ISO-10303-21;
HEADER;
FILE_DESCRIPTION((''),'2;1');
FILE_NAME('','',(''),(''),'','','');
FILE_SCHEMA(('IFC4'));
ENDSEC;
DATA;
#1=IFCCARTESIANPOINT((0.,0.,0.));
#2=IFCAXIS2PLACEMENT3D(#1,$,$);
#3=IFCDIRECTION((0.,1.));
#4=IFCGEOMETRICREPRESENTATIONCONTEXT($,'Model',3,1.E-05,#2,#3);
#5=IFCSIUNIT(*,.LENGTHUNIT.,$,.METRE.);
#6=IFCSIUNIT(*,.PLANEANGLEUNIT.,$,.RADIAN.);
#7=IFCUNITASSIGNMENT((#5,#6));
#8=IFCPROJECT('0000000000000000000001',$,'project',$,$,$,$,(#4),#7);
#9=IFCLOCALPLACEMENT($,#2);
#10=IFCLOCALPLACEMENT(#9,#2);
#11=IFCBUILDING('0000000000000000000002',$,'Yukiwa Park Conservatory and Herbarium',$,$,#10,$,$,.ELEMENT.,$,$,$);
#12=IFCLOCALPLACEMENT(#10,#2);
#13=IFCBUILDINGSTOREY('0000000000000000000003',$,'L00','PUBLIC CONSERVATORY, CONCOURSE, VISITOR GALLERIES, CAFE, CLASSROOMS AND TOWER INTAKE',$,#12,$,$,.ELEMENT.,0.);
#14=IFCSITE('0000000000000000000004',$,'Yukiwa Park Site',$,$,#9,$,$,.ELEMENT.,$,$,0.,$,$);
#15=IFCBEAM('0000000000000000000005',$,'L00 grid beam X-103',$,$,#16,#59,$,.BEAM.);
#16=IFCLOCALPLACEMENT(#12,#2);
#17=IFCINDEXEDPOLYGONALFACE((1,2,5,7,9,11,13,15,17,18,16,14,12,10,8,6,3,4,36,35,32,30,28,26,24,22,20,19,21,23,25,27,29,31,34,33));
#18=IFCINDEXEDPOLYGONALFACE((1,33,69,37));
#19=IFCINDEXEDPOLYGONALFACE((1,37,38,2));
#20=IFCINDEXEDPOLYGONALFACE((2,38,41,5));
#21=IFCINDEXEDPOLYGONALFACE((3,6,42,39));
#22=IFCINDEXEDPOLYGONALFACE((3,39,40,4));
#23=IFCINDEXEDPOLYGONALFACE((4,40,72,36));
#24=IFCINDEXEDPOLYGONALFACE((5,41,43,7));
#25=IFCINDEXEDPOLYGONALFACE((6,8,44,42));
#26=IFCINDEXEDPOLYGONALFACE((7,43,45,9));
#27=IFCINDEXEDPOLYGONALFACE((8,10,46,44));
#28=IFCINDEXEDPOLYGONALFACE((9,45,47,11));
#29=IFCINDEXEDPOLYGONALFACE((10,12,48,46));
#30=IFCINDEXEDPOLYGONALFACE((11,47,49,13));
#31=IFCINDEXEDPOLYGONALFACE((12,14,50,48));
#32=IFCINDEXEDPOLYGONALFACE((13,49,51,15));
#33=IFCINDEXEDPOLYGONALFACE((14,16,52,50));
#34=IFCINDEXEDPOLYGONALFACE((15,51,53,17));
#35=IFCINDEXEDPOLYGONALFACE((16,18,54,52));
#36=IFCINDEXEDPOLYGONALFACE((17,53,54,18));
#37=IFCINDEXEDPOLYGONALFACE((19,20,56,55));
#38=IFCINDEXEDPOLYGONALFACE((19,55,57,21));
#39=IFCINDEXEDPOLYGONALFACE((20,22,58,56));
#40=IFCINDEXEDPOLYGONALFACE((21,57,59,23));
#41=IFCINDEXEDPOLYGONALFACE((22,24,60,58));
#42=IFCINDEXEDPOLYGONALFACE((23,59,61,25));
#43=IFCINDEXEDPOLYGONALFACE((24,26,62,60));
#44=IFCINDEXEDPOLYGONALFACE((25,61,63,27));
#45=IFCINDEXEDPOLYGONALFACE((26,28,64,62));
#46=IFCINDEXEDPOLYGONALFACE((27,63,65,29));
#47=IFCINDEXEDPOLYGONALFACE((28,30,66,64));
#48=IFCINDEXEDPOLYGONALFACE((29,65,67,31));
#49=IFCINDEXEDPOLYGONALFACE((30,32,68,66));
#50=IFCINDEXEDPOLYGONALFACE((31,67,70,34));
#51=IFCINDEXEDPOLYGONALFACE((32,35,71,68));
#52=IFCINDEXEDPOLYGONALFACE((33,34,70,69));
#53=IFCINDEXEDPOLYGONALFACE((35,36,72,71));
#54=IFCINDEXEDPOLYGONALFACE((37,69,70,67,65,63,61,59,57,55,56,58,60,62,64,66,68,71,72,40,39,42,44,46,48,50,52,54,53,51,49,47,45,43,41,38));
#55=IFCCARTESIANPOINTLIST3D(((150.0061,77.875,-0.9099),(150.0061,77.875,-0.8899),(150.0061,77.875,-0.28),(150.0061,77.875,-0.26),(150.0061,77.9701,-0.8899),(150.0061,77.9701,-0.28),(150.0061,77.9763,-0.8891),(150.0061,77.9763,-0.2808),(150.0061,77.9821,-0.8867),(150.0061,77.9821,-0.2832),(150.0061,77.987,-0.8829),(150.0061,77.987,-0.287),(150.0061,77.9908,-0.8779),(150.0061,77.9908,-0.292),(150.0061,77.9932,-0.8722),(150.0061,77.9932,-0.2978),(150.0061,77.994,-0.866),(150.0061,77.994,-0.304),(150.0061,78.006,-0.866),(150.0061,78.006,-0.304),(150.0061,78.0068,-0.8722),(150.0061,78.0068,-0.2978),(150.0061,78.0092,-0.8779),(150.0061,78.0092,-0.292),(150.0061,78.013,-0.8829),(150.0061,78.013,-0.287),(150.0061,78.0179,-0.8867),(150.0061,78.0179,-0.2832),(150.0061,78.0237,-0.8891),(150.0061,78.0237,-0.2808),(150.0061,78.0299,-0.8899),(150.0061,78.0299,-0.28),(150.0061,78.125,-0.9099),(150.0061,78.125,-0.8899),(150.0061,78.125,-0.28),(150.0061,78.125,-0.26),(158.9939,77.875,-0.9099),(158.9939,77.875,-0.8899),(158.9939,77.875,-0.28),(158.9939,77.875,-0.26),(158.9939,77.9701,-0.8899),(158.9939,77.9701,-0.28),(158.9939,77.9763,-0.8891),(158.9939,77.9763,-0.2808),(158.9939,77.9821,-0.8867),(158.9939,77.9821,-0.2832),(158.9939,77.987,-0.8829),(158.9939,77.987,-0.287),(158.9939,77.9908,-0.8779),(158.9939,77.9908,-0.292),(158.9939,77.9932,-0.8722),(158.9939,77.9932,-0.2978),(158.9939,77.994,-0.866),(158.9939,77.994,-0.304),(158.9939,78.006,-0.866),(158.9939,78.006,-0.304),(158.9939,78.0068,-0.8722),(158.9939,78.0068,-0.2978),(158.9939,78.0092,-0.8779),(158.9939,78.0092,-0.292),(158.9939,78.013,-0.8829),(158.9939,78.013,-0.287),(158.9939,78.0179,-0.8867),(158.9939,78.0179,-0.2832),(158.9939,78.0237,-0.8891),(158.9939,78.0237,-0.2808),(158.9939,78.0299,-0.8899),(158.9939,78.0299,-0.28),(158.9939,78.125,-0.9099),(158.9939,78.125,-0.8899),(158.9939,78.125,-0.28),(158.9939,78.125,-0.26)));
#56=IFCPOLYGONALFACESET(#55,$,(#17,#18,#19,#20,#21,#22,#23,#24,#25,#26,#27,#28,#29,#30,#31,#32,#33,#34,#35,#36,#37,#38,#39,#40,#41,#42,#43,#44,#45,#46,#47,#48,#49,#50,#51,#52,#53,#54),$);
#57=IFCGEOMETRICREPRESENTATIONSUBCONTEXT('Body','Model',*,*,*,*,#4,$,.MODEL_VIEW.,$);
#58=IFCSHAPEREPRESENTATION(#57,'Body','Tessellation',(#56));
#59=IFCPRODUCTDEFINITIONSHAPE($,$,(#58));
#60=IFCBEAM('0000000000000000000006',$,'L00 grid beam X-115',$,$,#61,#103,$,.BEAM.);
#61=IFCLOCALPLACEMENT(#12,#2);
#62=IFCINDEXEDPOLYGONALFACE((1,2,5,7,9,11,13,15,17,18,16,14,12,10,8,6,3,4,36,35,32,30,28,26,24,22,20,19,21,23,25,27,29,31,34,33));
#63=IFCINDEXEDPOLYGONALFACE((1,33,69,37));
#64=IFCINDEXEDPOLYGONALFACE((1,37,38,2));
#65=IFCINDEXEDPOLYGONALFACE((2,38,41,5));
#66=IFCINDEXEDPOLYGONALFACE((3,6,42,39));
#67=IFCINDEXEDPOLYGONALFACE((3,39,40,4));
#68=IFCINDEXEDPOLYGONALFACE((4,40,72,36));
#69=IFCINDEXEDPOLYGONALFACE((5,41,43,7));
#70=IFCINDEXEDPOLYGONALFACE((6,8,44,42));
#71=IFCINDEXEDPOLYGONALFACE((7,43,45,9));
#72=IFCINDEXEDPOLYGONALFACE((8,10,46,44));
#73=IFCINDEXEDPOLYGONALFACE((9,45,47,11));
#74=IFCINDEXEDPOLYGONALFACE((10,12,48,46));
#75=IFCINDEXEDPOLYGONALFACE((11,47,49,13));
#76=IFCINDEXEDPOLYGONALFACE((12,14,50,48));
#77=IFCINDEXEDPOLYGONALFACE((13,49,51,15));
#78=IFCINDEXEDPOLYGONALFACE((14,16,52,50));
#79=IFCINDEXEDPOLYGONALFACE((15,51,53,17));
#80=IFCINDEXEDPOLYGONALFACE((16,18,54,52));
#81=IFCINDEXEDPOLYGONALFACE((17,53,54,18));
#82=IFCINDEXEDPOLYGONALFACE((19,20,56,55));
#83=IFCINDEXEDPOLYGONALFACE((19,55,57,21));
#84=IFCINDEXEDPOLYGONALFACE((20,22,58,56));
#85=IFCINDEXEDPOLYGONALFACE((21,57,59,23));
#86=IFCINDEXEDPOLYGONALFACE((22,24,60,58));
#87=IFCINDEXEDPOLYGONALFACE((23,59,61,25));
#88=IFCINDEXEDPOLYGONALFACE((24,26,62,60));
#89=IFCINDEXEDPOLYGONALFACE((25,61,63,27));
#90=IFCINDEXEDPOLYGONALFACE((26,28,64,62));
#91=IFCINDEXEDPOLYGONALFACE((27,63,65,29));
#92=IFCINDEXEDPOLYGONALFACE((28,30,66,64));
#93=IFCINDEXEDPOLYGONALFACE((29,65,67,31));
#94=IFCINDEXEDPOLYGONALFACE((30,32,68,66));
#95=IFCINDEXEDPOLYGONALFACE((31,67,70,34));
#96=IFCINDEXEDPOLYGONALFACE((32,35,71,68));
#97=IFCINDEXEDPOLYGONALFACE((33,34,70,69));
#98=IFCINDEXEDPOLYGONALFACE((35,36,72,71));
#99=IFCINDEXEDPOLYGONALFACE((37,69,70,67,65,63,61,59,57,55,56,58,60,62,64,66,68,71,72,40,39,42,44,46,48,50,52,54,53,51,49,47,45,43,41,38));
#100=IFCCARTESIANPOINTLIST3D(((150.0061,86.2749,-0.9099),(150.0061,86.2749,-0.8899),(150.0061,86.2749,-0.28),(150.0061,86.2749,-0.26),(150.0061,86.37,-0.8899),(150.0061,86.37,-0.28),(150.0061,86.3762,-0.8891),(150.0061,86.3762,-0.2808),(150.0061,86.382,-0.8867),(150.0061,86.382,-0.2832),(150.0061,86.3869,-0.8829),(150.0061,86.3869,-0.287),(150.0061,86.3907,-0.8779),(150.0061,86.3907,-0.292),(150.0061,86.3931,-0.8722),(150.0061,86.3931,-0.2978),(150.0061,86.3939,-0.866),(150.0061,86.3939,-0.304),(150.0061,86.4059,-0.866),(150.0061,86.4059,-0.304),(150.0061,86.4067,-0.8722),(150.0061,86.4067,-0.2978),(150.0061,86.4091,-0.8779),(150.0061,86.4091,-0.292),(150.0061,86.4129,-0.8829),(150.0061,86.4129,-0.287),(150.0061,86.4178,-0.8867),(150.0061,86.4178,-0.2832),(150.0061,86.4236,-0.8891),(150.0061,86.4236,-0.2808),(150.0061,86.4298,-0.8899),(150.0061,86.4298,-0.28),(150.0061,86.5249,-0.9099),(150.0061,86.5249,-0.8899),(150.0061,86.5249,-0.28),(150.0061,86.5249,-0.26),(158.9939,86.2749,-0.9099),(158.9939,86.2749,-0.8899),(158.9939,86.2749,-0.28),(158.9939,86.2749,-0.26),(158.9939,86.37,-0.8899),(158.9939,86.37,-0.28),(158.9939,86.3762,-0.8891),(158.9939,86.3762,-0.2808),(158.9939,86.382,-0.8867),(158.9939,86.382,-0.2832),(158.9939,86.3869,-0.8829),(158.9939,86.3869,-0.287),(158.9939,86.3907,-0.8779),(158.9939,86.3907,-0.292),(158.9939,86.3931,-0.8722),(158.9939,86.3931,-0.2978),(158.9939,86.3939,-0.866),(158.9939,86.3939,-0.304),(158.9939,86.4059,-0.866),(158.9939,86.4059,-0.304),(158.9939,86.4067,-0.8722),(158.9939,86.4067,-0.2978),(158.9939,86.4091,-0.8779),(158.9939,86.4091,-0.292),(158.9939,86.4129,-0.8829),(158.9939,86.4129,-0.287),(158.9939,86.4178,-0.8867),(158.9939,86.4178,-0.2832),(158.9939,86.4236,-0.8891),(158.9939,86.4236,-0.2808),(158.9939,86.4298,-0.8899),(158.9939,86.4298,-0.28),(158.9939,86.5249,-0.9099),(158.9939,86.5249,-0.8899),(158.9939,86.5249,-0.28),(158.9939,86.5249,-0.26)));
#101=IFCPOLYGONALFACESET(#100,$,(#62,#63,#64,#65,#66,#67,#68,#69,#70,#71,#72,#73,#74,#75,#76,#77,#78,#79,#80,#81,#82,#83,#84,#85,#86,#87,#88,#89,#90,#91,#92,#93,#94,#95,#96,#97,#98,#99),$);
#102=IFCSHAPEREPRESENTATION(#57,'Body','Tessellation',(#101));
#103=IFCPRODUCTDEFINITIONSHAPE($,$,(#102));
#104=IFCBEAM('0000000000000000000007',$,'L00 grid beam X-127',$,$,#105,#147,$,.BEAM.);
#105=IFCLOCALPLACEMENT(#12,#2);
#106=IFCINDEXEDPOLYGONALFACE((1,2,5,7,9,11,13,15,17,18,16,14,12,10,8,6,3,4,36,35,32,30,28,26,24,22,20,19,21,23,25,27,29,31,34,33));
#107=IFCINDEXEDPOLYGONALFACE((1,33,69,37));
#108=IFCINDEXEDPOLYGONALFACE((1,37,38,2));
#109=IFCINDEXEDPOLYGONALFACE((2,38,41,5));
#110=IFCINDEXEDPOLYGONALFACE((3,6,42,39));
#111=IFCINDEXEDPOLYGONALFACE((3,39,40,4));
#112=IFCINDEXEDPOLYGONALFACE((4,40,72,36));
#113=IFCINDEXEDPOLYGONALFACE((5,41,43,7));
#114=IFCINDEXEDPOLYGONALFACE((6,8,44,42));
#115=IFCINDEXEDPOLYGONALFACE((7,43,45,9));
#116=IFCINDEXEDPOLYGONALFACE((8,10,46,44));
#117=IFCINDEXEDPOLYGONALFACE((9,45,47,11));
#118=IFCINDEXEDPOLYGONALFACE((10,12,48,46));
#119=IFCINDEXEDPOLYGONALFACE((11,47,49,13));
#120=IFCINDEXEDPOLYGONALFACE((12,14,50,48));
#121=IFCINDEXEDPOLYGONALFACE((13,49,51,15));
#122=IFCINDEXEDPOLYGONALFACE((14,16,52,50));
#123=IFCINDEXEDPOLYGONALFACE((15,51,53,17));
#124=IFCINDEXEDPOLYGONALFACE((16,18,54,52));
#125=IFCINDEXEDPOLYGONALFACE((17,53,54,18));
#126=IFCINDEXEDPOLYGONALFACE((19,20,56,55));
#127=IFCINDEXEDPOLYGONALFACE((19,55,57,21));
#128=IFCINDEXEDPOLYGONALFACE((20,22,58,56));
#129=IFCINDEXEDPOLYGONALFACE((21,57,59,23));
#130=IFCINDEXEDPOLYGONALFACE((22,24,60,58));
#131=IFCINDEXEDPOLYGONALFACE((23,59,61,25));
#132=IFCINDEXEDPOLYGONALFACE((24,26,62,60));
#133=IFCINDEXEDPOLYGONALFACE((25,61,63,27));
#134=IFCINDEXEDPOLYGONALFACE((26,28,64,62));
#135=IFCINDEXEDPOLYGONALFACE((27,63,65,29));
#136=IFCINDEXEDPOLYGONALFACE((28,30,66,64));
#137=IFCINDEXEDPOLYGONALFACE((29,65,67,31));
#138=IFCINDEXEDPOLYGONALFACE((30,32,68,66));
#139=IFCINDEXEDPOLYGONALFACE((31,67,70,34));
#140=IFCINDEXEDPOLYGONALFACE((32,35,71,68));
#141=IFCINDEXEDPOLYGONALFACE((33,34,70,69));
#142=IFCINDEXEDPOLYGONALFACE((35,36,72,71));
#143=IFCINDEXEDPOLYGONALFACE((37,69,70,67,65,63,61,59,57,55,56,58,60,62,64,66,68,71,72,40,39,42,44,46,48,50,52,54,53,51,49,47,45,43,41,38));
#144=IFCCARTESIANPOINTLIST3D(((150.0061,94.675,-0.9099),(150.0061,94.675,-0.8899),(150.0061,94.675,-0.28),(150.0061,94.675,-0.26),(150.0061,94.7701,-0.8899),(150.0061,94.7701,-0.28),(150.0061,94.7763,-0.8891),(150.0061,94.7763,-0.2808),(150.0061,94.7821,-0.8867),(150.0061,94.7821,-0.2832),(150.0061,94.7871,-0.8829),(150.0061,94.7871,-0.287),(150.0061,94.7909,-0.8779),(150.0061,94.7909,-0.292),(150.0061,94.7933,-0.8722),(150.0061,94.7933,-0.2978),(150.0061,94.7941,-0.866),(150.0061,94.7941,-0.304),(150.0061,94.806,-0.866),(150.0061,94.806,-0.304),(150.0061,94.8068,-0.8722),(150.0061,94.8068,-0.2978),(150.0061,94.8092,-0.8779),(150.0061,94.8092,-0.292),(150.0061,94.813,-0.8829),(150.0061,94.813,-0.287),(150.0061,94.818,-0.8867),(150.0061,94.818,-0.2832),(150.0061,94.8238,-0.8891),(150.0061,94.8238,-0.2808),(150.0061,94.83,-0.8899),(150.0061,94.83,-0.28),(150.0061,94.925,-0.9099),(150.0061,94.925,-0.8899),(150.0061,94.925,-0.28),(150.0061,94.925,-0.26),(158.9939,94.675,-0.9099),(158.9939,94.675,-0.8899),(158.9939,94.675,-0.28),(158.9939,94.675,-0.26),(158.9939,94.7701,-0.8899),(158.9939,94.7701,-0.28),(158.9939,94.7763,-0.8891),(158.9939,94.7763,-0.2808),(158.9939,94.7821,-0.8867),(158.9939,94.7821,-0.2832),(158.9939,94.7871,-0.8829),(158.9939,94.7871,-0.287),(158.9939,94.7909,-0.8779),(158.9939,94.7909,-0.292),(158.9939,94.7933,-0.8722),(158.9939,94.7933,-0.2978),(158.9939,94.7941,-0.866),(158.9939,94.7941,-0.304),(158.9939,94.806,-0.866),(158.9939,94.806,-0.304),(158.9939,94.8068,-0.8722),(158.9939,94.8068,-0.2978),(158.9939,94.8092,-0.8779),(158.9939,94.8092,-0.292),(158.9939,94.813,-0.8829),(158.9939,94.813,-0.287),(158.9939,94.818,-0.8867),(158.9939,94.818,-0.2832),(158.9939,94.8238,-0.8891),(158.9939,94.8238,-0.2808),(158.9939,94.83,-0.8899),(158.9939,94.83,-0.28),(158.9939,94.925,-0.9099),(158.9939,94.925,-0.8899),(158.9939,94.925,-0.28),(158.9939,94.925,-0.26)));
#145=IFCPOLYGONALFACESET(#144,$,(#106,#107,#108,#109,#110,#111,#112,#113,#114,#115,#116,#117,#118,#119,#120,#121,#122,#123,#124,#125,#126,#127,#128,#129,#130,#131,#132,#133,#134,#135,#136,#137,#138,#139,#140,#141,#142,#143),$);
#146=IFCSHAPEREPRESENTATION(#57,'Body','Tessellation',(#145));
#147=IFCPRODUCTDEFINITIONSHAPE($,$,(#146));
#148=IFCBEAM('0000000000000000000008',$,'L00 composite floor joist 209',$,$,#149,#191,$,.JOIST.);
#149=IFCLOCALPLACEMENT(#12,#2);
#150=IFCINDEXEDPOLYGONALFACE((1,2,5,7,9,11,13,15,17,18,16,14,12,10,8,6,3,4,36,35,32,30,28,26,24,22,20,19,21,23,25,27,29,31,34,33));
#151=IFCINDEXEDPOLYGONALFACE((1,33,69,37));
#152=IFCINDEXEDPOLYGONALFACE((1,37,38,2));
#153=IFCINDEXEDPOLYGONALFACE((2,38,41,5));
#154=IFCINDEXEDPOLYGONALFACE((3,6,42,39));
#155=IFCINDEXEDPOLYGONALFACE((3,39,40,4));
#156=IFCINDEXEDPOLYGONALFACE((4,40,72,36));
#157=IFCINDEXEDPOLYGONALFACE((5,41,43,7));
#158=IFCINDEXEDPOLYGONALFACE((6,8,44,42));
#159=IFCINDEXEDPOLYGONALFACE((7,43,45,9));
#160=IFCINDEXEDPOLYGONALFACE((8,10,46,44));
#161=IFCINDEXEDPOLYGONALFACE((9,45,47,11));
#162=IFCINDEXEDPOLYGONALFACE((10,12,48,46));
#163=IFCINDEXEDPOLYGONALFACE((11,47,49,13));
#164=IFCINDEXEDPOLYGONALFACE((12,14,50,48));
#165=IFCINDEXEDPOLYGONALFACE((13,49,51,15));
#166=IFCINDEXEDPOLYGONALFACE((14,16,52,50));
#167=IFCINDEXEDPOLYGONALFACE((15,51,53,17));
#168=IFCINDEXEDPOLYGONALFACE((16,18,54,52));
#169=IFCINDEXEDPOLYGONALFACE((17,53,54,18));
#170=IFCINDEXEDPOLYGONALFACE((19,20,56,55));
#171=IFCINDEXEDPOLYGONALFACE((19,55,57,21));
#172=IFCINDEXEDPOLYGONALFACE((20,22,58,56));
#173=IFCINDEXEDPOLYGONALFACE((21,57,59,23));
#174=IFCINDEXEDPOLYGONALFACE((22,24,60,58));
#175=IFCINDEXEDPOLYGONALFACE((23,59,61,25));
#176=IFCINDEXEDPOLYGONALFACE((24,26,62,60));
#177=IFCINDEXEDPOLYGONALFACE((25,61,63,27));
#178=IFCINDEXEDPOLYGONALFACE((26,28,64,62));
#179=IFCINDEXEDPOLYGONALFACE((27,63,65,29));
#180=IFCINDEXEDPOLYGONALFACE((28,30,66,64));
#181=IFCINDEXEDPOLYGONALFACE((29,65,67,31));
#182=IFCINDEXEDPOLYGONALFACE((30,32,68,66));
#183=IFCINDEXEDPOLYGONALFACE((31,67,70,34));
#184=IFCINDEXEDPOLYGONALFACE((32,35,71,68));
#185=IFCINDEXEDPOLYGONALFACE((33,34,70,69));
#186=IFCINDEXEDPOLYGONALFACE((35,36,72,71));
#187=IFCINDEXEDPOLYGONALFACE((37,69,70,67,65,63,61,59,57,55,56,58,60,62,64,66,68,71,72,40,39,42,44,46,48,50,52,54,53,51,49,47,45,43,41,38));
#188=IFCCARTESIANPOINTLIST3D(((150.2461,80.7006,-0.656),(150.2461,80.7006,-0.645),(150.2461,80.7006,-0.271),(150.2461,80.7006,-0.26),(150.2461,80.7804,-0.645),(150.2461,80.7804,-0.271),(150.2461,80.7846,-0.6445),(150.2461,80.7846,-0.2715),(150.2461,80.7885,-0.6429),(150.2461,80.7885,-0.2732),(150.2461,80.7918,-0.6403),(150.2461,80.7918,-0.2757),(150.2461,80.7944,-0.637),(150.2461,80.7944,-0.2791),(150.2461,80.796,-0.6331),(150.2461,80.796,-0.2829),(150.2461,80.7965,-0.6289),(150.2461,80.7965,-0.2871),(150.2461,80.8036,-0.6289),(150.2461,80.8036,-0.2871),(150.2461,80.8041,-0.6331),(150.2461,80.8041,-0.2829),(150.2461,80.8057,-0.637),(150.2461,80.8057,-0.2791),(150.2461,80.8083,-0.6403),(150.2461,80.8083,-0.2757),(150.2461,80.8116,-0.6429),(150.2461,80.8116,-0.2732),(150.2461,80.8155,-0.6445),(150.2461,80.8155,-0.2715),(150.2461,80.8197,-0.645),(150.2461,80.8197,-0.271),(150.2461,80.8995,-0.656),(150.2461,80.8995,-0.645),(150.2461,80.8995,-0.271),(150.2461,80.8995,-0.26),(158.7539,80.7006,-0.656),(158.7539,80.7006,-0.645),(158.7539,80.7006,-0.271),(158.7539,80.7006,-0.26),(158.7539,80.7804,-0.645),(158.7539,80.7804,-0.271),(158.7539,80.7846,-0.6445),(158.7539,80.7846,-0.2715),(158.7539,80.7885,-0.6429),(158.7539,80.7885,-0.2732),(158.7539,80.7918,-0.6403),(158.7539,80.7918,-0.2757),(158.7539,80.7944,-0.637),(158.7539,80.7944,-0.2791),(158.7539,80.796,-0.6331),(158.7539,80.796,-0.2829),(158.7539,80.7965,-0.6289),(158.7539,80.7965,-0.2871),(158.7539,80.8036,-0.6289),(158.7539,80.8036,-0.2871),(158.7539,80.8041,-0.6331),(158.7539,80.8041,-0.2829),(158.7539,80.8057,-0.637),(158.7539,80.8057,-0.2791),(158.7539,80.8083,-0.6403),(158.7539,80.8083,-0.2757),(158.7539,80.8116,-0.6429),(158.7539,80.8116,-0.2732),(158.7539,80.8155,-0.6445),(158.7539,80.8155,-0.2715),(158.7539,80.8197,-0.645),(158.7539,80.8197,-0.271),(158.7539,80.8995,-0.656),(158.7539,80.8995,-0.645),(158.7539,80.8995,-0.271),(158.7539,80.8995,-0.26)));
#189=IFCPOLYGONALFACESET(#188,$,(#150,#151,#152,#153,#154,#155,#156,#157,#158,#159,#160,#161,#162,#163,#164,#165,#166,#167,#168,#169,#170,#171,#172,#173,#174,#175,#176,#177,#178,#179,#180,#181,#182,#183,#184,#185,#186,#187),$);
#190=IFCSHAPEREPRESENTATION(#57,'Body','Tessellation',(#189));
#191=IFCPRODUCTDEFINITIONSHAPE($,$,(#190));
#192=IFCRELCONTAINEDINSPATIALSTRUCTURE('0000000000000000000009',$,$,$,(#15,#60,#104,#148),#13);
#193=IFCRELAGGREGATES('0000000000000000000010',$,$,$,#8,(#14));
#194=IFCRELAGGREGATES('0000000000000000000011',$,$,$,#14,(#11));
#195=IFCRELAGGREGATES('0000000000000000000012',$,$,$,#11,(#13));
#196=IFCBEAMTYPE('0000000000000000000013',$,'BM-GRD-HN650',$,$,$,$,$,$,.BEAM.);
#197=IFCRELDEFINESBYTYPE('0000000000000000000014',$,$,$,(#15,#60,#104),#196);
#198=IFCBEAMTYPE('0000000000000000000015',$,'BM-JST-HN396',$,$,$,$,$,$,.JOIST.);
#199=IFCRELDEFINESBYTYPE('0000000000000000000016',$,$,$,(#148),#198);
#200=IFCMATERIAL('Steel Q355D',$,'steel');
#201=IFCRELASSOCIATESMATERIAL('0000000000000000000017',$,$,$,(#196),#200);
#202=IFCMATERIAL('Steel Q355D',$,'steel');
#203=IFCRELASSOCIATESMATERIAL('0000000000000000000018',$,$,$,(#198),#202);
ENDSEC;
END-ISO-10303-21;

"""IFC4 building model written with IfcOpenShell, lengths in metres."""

from ifc_helpers import new_model, si_unit, direction, frame, origin, origin_2d, place, context, subcontext, project, spatial, i_section, extrude, material, material_profile, profile_set, type_object, element, save


model = new_model("IFC4")

# Units and contexts
model_context = context("Model", 3, precision=1e-05, world=origin(), true_north=direction((0.0, 1.0)))
body_context = subcontext(model_context, "Body", "Model", "MODEL_VIEW")
ifc_project = project(units=[si_unit("LENGTHUNIT", "METRE"), si_unit("PLANEANGLEUNIT", "RADIAN")], contexts=[model_context])

# Site, building, storey
site_placement = place(None, origin())
site = spatial("IfcSite", under=ifc_project, at=site_placement, Name="Yukiwa Park Site", CompositionType="ELEMENT", RefElevation=0.0)
building_placement = place(site_placement, origin())
building = spatial("IfcBuilding", under=site, at=building_placement, Name="Yukiwa Park Conservatory and Herbarium", CompositionType="ELEMENT")
storey_placement = place(building_placement, origin())
storey = spatial("IfcBuildingStorey", under=building, at=storey_placement, Name="L00", Description="PUBLIC CONSERVATORY, CONCOURSE, VISITOR GALLERIES, CAFE, CLASSROOMS AND TOWER INTAKE", CompositionType="ELEMENT", Elevation=0.0)

# Beams
ifc_material_1 = material(Name="Steel Q355D", Category="steel")
ifc_material_profile_1 = material_profile(ifc_material_1, i_section(OverallWidth=0.25, OverallDepth=0.6499, WebThickness=0.012, FlangeThickness=0.02, FilletRadius=0.0239, at=origin_2d()), Name="HN 650x250x12x20")
ifc_profile_set_1 = profile_set([ifc_material_profile_1], Name="Steel Q355D")
beam_type_1 = type_object("IfcBeamType", Name="BM-GRD-HN650", PredefinedType="BEAM", material=ifc_profile_set_1)
for number, where, z_axis, x_axis, name in (
    (1, (150.0061, 78.0, -0.585), (1.0, 0.0, 0.0), (0.0, 1.0, 0.0), "L00 grid beam X-103"),
    (2, (150.0061, 86.3999, -0.585), (1.0, 0.0, 0.0), (0.0, 1.0, 0.0), "L00 grid beam X-115"),
    (3, (150.0061, 94.8, -0.585), (1.0, 0.0, 0.0), (0.0, 1.0, 0.0), "L00 grid beam X-127"),
):
    element("IfcBeam", number, at=place(storey_placement, frame(where, z_axis=z_axis, x_axis=x_axis)), inside=storey, type_object=beam_type_1, Name=name, PredefinedType="BEAM", context=body_context, shape_type="SweptSolid", body=[
        extrude(i_section(OverallWidth=0.25, OverallDepth=0.6499, WebThickness=0.012, FlangeThickness=0.02, FilletRadius=0.0239, at=origin_2d()), origin(), (0.0, 0.0, 1.0), 8.9878),
    ])
ifc_material_2 = material(Name="Steel Q355D", Category="steel")
ifc_material_profile_2 = material_profile(ifc_material_2, i_section(OverallWidth=0.199, OverallDepth=0.396, WebThickness=0.0071, FlangeThickness=0.011, FilletRadius=0.0161, at=origin_2d()), Name="HN 396x199x7x11")
ifc_profile_set_2 = profile_set([ifc_material_profile_2], Name="Steel Q355D")
beam_type_2 = type_object("IfcBeamType", Name="BM-JST-HN396", PredefinedType="JOIST", material=ifc_profile_set_2)
for number, where, z_axis, x_axis, name in (
    (4, (150.2461, 80.8, -0.458), (1.0, 0.0, 0.0), (0.0, 1.0, 0.0), "L00 composite floor joist 209"),
):
    element("IfcBeam", number, at=place(storey_placement, frame(where, z_axis=z_axis, x_axis=x_axis)), inside=storey, type_object=beam_type_2, Name=name, PredefinedType="JOIST", context=body_context, shape_type="SweptSolid", body=[
        extrude(i_section(OverallWidth=0.199, OverallDepth=0.396, WebThickness=0.0071, FlangeThickness=0.011, FilletRadius=0.0161, at=origin_2d()), origin(), (0.0, 0.0, 1.0), 8.5078),
    ])

save(model, "model.ifc")
